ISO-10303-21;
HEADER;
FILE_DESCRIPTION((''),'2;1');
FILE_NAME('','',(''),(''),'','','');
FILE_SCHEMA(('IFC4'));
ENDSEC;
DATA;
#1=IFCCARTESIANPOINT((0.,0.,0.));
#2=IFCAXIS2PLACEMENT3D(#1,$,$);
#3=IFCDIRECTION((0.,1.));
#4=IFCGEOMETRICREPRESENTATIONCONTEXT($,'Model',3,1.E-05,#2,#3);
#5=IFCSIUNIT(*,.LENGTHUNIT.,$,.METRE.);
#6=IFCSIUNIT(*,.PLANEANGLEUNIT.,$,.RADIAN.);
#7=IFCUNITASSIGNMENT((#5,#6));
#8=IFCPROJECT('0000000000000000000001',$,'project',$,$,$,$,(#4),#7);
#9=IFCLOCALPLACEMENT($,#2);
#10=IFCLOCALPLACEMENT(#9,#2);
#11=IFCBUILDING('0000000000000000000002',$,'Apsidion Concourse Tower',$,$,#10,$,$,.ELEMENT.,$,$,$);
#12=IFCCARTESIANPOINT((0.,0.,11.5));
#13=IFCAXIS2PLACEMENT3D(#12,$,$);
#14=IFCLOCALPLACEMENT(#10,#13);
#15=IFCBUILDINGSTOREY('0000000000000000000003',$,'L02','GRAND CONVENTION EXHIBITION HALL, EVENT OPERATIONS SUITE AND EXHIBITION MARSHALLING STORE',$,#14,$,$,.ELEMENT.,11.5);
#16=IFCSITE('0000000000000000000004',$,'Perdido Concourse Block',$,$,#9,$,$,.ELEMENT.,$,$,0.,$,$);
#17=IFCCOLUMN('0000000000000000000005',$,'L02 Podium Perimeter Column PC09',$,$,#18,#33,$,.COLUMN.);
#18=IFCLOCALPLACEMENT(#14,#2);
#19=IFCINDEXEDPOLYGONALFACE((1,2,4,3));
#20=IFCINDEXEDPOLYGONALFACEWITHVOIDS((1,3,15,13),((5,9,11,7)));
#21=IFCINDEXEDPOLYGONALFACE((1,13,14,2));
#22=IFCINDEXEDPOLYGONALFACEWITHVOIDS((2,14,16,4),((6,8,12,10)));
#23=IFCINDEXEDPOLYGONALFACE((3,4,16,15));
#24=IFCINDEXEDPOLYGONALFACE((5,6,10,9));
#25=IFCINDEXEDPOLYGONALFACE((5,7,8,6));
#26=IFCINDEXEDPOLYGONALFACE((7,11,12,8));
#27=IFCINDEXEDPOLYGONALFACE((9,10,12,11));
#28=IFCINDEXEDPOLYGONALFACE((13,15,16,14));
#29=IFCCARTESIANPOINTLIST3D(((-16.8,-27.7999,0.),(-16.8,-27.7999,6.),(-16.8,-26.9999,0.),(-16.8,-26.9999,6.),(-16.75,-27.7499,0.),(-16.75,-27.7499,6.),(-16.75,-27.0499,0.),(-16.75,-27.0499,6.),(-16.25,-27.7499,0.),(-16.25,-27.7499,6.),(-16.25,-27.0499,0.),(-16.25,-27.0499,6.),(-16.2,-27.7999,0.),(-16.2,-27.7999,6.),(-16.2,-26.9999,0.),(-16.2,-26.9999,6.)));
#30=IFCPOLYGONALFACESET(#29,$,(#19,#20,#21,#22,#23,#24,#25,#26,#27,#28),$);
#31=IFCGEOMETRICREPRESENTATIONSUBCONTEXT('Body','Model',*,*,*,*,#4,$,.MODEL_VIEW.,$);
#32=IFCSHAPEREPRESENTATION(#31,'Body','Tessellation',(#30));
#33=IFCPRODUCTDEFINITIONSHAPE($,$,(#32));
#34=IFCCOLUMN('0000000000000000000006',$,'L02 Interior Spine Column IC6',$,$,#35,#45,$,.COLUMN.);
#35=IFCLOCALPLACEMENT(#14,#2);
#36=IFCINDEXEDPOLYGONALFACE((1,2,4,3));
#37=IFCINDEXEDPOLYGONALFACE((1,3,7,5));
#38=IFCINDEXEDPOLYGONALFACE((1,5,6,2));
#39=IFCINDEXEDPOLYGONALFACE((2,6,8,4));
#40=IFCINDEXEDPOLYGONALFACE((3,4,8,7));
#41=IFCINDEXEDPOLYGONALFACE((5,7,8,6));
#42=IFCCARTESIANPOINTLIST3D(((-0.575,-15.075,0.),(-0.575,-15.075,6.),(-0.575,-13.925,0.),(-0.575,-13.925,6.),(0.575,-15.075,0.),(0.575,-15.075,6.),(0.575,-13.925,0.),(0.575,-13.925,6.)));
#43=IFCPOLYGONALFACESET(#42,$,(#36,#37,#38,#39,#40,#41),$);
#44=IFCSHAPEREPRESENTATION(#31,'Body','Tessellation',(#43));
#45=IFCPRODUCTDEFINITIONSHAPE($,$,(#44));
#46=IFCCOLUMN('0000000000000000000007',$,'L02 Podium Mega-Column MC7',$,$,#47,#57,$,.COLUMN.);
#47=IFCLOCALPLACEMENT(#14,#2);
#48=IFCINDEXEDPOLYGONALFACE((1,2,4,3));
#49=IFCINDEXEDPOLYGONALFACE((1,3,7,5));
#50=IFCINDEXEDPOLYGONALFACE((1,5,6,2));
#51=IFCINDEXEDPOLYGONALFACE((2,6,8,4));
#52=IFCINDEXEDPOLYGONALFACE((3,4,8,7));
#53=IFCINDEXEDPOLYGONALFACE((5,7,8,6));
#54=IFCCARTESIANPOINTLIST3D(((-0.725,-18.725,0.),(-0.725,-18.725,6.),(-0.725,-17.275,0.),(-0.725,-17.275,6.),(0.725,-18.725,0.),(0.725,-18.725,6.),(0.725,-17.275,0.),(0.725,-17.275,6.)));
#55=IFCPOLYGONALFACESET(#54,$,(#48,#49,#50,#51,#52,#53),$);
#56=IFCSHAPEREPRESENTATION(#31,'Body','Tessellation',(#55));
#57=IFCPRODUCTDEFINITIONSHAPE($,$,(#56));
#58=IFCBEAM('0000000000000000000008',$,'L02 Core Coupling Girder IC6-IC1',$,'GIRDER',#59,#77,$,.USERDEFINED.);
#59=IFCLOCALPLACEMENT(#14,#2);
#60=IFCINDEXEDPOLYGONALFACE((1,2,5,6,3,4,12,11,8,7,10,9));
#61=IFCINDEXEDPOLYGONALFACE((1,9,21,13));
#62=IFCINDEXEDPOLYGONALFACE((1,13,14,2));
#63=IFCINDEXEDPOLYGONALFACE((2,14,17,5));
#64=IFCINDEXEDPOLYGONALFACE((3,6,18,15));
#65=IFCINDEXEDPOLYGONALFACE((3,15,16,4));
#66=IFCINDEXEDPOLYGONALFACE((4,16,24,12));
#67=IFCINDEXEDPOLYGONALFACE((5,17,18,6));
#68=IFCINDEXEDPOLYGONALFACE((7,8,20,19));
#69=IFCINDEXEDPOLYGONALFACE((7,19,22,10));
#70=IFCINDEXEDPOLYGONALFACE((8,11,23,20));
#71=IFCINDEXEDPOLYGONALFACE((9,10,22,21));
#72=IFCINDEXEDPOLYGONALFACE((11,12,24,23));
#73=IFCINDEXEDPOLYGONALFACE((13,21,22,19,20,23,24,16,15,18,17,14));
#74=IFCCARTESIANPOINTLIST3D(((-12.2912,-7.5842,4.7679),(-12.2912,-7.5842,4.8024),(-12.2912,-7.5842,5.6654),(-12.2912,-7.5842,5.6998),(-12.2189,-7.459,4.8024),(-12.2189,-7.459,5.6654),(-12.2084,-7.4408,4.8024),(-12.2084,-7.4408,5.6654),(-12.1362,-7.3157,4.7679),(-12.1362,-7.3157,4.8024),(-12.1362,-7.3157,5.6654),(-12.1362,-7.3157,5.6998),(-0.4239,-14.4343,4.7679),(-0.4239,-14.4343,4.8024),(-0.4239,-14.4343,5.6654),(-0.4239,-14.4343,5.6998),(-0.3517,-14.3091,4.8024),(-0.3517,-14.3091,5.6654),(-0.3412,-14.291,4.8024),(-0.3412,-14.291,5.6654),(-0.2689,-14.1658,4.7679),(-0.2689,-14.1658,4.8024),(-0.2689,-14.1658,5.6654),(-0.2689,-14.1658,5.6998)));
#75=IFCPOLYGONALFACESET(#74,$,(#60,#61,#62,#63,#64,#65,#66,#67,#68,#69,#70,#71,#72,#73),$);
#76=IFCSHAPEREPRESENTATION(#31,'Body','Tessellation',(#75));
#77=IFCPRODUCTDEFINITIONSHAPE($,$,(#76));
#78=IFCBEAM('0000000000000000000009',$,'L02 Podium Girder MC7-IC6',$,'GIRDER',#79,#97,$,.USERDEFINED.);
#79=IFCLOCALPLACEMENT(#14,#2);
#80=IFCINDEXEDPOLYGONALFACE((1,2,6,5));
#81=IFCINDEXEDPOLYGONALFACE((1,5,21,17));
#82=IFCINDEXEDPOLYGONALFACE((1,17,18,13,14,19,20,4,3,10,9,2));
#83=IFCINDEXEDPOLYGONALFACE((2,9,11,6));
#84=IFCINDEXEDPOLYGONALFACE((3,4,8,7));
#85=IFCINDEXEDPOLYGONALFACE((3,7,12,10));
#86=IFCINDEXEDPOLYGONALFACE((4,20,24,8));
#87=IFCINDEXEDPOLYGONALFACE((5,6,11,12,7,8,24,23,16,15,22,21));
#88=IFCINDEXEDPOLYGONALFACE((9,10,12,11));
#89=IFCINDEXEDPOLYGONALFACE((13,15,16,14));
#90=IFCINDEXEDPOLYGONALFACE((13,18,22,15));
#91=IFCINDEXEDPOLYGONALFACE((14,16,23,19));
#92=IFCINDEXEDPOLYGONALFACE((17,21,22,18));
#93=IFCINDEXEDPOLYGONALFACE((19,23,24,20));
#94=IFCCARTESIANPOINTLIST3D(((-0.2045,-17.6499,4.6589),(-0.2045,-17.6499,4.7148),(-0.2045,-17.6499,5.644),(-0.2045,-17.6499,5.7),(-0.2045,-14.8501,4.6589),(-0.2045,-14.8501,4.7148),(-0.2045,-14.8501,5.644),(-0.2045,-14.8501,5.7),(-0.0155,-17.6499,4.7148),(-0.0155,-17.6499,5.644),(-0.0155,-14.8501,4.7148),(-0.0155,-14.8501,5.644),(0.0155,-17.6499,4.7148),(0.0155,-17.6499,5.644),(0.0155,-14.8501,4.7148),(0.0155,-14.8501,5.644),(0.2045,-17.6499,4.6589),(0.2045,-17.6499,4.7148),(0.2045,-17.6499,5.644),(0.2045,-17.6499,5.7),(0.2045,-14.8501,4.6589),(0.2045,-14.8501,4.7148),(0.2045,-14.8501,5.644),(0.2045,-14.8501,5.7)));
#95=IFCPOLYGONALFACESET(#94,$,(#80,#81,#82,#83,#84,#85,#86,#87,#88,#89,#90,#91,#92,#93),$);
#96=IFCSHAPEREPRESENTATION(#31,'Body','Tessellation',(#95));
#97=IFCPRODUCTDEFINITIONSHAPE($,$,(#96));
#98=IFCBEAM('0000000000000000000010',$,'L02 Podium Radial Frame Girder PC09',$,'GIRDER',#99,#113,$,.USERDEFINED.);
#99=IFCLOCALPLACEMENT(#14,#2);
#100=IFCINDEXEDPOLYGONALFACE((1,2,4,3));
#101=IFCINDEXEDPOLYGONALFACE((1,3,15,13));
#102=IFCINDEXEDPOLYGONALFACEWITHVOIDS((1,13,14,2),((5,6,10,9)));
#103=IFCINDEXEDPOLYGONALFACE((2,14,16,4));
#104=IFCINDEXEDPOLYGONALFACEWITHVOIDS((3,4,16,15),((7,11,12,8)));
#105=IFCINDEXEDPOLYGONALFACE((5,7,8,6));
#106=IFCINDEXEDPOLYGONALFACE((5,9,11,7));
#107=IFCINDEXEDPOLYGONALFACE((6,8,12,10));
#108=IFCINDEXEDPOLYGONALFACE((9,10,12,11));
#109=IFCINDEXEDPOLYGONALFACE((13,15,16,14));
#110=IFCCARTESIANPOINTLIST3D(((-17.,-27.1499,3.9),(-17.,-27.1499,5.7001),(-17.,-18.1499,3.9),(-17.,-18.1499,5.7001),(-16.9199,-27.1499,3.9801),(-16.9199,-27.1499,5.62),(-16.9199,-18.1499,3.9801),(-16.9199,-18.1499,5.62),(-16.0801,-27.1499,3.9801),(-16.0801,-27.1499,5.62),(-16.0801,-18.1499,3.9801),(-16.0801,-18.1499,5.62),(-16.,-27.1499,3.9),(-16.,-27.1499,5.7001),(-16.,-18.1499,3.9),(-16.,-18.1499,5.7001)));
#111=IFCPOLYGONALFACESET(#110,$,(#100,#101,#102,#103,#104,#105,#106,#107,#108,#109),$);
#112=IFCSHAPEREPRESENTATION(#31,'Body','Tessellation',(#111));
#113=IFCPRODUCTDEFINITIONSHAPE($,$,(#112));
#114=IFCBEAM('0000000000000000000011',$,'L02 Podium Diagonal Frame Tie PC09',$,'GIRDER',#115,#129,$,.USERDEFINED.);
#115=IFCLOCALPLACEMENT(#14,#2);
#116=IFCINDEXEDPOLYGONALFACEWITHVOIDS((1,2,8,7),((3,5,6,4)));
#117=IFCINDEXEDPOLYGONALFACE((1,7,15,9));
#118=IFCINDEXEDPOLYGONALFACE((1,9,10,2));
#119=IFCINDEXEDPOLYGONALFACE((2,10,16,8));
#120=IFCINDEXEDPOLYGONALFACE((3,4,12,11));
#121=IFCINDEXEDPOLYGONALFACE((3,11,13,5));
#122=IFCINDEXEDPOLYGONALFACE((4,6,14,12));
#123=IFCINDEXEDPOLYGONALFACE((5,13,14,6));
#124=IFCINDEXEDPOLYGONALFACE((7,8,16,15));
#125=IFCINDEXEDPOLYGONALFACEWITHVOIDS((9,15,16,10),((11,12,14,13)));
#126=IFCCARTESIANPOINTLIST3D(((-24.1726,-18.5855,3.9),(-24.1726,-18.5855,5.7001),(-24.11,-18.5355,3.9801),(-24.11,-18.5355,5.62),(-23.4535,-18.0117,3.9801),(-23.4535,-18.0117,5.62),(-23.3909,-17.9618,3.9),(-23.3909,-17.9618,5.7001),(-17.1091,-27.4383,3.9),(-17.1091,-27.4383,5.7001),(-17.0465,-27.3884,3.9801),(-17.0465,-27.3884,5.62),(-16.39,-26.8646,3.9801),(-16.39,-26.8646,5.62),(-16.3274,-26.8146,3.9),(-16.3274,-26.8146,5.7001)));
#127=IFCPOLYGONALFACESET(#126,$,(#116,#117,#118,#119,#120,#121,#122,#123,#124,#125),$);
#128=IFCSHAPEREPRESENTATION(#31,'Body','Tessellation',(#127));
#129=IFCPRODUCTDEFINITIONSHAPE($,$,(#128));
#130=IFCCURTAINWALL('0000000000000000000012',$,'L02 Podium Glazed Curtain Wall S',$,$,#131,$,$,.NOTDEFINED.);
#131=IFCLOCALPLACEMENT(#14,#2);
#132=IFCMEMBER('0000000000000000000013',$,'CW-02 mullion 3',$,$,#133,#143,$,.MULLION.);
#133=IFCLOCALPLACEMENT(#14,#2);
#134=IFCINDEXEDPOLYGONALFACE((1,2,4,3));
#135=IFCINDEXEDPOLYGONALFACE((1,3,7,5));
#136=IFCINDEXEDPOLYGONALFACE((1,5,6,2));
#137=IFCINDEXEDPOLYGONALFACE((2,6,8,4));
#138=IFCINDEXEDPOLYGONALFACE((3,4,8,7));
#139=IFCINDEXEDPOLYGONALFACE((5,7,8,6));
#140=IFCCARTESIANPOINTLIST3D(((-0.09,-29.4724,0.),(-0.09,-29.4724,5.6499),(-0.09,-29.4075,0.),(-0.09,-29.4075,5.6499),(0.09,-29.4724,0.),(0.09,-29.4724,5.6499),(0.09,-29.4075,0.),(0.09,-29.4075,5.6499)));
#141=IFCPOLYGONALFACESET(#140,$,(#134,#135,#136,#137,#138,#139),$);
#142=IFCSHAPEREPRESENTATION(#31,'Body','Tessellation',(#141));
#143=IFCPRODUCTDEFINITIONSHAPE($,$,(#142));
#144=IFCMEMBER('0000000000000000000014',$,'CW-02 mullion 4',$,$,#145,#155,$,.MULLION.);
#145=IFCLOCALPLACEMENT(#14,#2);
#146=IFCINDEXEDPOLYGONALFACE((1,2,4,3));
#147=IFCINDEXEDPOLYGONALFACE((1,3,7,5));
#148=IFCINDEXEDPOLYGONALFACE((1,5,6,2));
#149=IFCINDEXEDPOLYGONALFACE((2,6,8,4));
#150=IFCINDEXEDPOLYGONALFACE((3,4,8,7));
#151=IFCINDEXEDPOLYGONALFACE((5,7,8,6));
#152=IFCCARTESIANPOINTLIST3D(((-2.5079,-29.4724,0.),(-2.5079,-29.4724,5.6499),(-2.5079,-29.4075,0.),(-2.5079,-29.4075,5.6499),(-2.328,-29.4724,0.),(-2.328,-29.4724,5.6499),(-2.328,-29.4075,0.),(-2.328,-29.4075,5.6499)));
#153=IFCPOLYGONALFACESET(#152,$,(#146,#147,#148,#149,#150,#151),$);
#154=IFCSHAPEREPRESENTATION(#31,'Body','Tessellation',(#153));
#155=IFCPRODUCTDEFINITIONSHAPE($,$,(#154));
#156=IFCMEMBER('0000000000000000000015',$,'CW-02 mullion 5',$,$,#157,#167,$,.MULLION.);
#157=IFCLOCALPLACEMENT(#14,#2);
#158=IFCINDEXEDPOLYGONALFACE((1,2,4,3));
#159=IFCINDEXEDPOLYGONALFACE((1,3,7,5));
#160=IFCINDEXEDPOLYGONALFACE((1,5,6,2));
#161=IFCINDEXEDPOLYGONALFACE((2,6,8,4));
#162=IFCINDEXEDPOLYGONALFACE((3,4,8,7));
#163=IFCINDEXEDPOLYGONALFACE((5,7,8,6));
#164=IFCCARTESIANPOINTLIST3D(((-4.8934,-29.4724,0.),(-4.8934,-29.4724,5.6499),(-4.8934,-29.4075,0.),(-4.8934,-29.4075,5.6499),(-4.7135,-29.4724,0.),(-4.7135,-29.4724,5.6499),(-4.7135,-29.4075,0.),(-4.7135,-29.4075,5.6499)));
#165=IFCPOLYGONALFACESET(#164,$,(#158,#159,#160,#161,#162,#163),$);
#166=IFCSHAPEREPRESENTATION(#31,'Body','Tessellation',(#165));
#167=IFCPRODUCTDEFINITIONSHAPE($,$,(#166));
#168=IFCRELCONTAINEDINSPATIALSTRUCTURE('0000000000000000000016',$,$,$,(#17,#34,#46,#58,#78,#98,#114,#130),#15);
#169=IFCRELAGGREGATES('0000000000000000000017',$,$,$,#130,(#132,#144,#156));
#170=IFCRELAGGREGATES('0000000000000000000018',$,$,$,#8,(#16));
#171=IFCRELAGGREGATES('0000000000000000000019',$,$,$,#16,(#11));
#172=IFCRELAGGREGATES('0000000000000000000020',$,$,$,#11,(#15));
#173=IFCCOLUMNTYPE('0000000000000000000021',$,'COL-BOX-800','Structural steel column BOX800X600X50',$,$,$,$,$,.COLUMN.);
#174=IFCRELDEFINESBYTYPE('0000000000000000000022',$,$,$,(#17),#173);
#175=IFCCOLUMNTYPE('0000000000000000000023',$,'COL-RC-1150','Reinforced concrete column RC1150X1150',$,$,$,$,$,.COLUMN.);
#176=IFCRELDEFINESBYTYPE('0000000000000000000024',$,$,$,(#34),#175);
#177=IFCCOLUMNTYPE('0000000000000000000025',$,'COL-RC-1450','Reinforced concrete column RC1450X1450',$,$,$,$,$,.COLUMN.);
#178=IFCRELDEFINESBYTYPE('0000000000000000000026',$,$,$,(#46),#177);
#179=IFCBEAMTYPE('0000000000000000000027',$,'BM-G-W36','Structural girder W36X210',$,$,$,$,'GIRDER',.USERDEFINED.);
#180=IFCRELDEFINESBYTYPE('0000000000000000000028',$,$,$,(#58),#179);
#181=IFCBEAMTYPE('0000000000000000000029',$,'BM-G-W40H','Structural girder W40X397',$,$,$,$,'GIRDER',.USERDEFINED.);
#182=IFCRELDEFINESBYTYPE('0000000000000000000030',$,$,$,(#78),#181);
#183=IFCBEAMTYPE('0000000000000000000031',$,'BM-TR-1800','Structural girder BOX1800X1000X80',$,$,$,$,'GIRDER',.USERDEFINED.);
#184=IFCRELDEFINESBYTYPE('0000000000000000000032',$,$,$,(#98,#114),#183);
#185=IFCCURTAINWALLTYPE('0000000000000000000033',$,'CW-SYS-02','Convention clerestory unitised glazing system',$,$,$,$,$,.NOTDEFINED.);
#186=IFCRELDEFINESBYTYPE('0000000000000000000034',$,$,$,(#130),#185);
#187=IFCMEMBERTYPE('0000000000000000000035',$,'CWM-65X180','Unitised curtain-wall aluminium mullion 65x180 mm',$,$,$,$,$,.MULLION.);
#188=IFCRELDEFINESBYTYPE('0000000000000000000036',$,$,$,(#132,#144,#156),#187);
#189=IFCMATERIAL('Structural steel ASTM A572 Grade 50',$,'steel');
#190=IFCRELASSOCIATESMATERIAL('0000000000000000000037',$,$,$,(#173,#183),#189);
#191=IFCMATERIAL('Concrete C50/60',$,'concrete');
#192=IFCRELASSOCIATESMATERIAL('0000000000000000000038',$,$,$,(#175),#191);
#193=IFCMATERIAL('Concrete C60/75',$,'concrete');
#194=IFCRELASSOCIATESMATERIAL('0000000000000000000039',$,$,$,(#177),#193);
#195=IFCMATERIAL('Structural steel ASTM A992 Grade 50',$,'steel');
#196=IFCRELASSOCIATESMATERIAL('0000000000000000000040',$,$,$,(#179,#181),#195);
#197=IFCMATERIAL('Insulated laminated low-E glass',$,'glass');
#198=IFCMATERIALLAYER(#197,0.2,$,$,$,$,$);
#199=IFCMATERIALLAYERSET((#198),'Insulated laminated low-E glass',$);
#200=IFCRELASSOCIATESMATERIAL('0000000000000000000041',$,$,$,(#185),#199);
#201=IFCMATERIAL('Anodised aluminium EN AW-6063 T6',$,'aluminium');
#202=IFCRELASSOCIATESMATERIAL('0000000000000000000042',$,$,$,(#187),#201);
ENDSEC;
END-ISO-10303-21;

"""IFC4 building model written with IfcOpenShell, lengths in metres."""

from ifc_helpers import new_model, si_unit, direction, frame, origin, origin_2d, place, context, subcontext, project, spatial, rectangle, hollow_rectangle, i_section, extrude, material, layer, layer_set, material_profile, profile_set, type_object, element, aggregate, save


model = new_model("IFC4")

# Units and contexts
model_context = context("Model", 3, precision=1e-05, world=origin(), true_north=direction((0.0, 1.0)))
body_context = subcontext(model_context, "Body", "Model", "MODEL_VIEW")
ifc_project = project(units=[si_unit("LENGTHUNIT", "METRE"), si_unit("PLANEANGLEUNIT", "RADIAN")], contexts=[model_context])

# Site, building, storey
site_placement = place(None, origin())
site = spatial("IfcSite", under=ifc_project, at=site_placement, Name="Perdido Concourse Block", CompositionType="ELEMENT", RefElevation=0.0)
building_placement = place(site_placement, origin())
building = spatial("IfcBuilding", under=site, at=building_placement, Name="Apsidion Concourse Tower", CompositionType="ELEMENT")
storey_placement = place(building_placement, frame((0.0, 0.0, 11.5)))
storey = spatial("IfcBuildingStorey", under=building, at=storey_placement, Name="L02", Description="GRAND CONVENTION EXHIBITION HALL, EVENT OPERATIONS SUITE AND EXHIBITION MARSHALLING STORE", CompositionType="ELEMENT", Elevation=11.5)

# Columns
ifc_material_1 = material(Name="Structural steel ASTM A572 Grade 50", Category="steel")
ifc_material_profile_1 = material_profile(ifc_material_1, hollow_rectangle(XDim=0.6001, YDim=0.8, WallThickness=0.05, at=origin_2d()), Name="BOX800X600X50")
ifc_profile_set_1 = profile_set([ifc_material_profile_1], Name="Structural steel ASTM A572 Grade 50")
column_type_1 = type_object("IfcColumnType", Name="COL-BOX-800", Description="Structural steel column BOX800X600X50", PredefinedType="COLUMN", material=ifc_profile_set_1)
column_1_placement = place(storey_placement, frame((-16.5, -27.3999, 0.0), z_axis=(0.0, 0.0, 1.0), x_axis=(1.0, 0.0, 0.0)))
element("IfcColumn", 1, at=column_1_placement, inside=storey, type_object=column_type_1, Name="L02 Podium Perimeter Column PC09", PredefinedType="COLUMN", context=body_context, shape_type="SweptSolid", body=[
    extrude(hollow_rectangle(XDim=0.6001, YDim=0.8, WallThickness=0.05, at=origin_2d()), origin(), (0.0, 0.0, 1.0), 6.0),
])
ifc_material_2 = material(Name="Concrete C50/60", Category="concrete")
ifc_material_profile_2 = material_profile(ifc_material_2, rectangle(XDim=1.1499, YDim=1.1499, at=origin_2d()), Name="RC 1150x1150")
ifc_profile_set_2 = profile_set([ifc_material_profile_2], Name="Concrete C50/60")
column_type_2 = type_object("IfcColumnType", Name="COL-RC-1150", Description="Reinforced concrete column RC1150X1150", PredefinedType="COLUMN", material=ifc_profile_set_2)
column_2_placement = place(storey_placement, frame((0.0, -14.5, 0.0), z_axis=(0.0, 0.0, 1.0), x_axis=(1.0, 0.0, 0.0)))
element("IfcColumn", 2, at=column_2_placement, inside=storey, type_object=column_type_2, Name="L02 Interior Spine Column IC6", PredefinedType="COLUMN", context=body_context, shape_type="SweptSolid", body=[
    extrude(rectangle(XDim=1.1499, YDim=1.1499, at=origin_2d()), origin(), (0.0, 0.0, 1.0), 6.0),
])
ifc_material_3 = material(Name="Concrete C60/75", Category="concrete")
ifc_material_profile_3 = material_profile(ifc_material_3, rectangle(XDim=1.45, YDim=1.45, at=origin_2d()), Name="RC 1450x1450")
ifc_profile_set_3 = profile_set([ifc_material_profile_3], Name="Concrete C60/75")
column_type_3 = type_object("IfcColumnType", Name="COL-RC-1450", Description="Reinforced concrete column RC1450X1450", PredefinedType="COLUMN", material=ifc_profile_set_3)
column_3_placement = place(storey_placement, frame((0.0, -18.0, 0.0), z_axis=(0.0, 0.0, 1.0), x_axis=(1.0, 0.0, 0.0)))
element("IfcColumn", 3, at=column_3_placement, inside=storey, type_object=column_type_3, Name="L02 Podium Mega-Column MC7", PredefinedType="COLUMN", context=body_context, shape_type="SweptSolid", body=[
    extrude(rectangle(XDim=1.45, YDim=1.45, at=origin_2d()), origin(), (0.0, 0.0, 1.0), 6.0),
])

# Beams
ifc_material_4 = material(Name="Structural steel ASTM A992 Grade 50", Category="steel")
ifc_material_profile_4 = material_profile(ifc_material_4, i_section(OverallWidth=0.3101, OverallDepth=0.9319, WebThickness=0.021, FlangeThickness=0.0344, at=origin_2d()), Name="W36X210")
ifc_profile_set_4 = profile_set([ifc_material_profile_4], Name="Structural steel ASTM A992 Grade 50")
beam_type_1 = type_object("IfcBeamType", Name="BM-G-W36", Description="Structural girder W36X210", ElementType="GIRDER", PredefinedType="USERDEFINED", material=ifc_profile_set_4)
beam_1_placement = place(storey_placement, frame((-0.3464, -14.3, 5.2339), z_axis=(-0.86607, 0.499922, 0.0), x_axis=(-0.499922, -0.86607, 0.0)))
element("IfcBeam", 4, at=beam_1_placement, inside=storey, type_object=beam_type_1, Name="L02 Core Coupling Girder IC6-IC1", ObjectType="GIRDER", PredefinedType="USERDEFINED", context=body_context, shape_type="SweptSolid", body=[
    extrude(i_section(OverallWidth=0.3101, OverallDepth=0.9319, WebThickness=0.021, FlangeThickness=0.0344, at=origin_2d()), origin(), (0.0, 0.0, 1.0), 13.7024),
])
ifc_material_profile_5 = material_profile(ifc_material_4, i_section(OverallWidth=0.4089, OverallDepth=1.041, WebThickness=0.031, FlangeThickness=0.0559, at=origin_2d()), Name="W40X397")
ifc_profile_set_5 = profile_set([ifc_material_profile_5], Name="Structural steel ASTM A992 Grade 50")
beam_type_2 = type_object("IfcBeamType", Name="BM-G-W40H", Description="Structural girder W40X397", ElementType="GIRDER", PredefinedType="USERDEFINED", material=ifc_profile_set_5)
beam_2_placement = place(storey_placement, frame((0.0, -17.6499, 5.1794), z_axis=(0.0, 1.0, 0.0), x_axis=(-1.0, 0.0, 0.0)))
element("IfcBeam", 5, at=beam_2_placement, inside=storey, type_object=beam_type_2, Name="L02 Podium Girder MC7-IC6", ObjectType="GIRDER", PredefinedType="USERDEFINED", context=body_context, shape_type="SweptSolid", body=[
    extrude(i_section(OverallWidth=0.4089, OverallDepth=1.041, WebThickness=0.031, FlangeThickness=0.0559, at=origin_2d()), origin(), (0.0, 0.0, 1.0), 2.7998),
])
ifc_material_profile_6 = material_profile(ifc_material_1, hollow_rectangle(XDim=1.0, YDim=1.8, WallThickness=0.0801, at=origin_2d()), Name="BOX1800X1000X80")
ifc_profile_set_6 = profile_set([ifc_material_profile_6], Name="Structural steel ASTM A572 Grade 50")
beam_type_3 = type_object("IfcBeamType", Name="BM-TR-1800", Description="Structural girder BOX1800X1000X80", ElementType="GIRDER", PredefinedType="USERDEFINED", material=ifc_profile_set_6)
beam_3_placement = place(storey_placement, frame((-16.5, -27.1499, 4.8), z_axis=(0.0, 1.0, 0.0), x_axis=(-1.0, 0.0, 0.0)))
element("IfcBeam", 6, at=beam_3_placement, inside=storey, type_object=beam_type_3, Name="L02 Podium Radial Frame Girder PC09", ObjectType="GIRDER", PredefinedType="USERDEFINED", context=body_context, shape_type="SweptSolid", body=[
    extrude(hollow_rectangle(XDim=1.0, YDim=1.8, WallThickness=0.0801, at=origin_2d()), origin(), (0.0, 0.0, 1.0), 9.0),
])
beam_4_placement = place(storey_placement, frame((-16.7183, -27.1265, 4.8), z_axis=(-0.623685, 0.781676, 0.0), x_axis=(-0.781676, -0.623685, 0.0)))
element("IfcBeam", 7, at=beam_4_placement, inside=storey, type_object=beam_type_3, Name="L02 Podium Diagonal Frame Tie PC09", ObjectType="GIRDER", PredefinedType="USERDEFINED", context=body_context, shape_type="SweptSolid", body=[
    extrude(hollow_rectangle(XDim=1.0, YDim=1.8, WallThickness=0.0801, at=origin_2d()), origin(), (0.0, 0.0, 1.0), 11.3254),
])

# Curtain wall, members
ifc_material_5 = material(Name="Insulated laminated low-E glass", Category="glass")
ifc_layer_1 = layer(ifc_material_5, 0.2)
ifc_layer_set_1 = layer_set([ifc_layer_1], Name="Insulated laminated low-E glass")
curtain_wall_type = type_object("IfcCurtainWallType", Name="CW-SYS-02", Description="Convention clerestory unitised glazing system", PredefinedType="NOTDEFINED", material=ifc_layer_set_1)
curtain_wall_placement = place(storey_placement, origin())
curtain_wall = element("IfcCurtainWall", 8, at=curtain_wall_placement, inside=storey, type_object=curtain_wall_type, Name="L02 Podium Glazed Curtain Wall S", PredefinedType="NOTDEFINED")
ifc_material_6 = material(Name="Anodised aluminium EN AW-6063 T6", Category="aluminium")
ifc_material_profile_7 = material_profile(ifc_material_6, rectangle(XDim=0.0649, YDim=0.1799, at=origin_2d()), Name="ALU MULLION 65x180")
ifc_profile_set_7 = profile_set([ifc_material_profile_7], Name="Anodised aluminium EN AW-6063 T6")
member_type_1 = type_object("IfcMemberType", Name="CWM-65X180", Description="Unitised curtain-wall aluminium mullion 65x180 mm", PredefinedType="MULLION", material=ifc_profile_set_7)
member_1_placement = place(storey_placement, frame((0.0, -29.4399, 0.0), z_axis=(0.0, 0.0, 1.0), x_axis=(0.0, -1.0, 0.0)))
member_1 = element("IfcMember", 9, at=member_1_placement, type_object=member_type_1, Name="CW-02 mullion 3", PredefinedType="MULLION", context=body_context, shape_type="SweptSolid", body=[
    extrude(rectangle(XDim=0.0649, YDim=0.1799, at=origin_2d()), origin(), (0.0, 0.0, 1.0), 5.6499),
])
member_2_placement = place(storey_placement, frame((-2.418, -29.4399, 0.0), z_axis=(0.0, 0.0, 1.0), x_axis=(0.0, -1.0, 0.0)))
member_2 = element("IfcMember", 10, at=member_2_placement, type_object=member_type_1, Name="CW-02 mullion 4", PredefinedType="MULLION", context=body_context, shape_type="SweptSolid", body=[
    extrude(rectangle(XDim=0.0649, YDim=0.1799, at=origin_2d()), origin(), (0.0, 0.0, 1.0), 5.6499),
])
member_3_placement = place(storey_placement, frame((-4.8035, -29.4399, 0.0), z_axis=(0.0, 0.0, 1.0), x_axis=(0.0, -1.0, 0.0)))
member_3 = element("IfcMember", 11, at=member_3_placement, type_object=member_type_1, Name="CW-02 mullion 5", PredefinedType="MULLION", context=body_context, shape_type="SweptSolid", body=[
    extrude(rectangle(XDim=0.0649, YDim=0.1799, at=origin_2d()), origin(), (0.0, 0.0, 1.0), 5.6499),
])
aggregate(curtain_wall, [member_1, member_2, member_3])

save(model, "model.ifc")
